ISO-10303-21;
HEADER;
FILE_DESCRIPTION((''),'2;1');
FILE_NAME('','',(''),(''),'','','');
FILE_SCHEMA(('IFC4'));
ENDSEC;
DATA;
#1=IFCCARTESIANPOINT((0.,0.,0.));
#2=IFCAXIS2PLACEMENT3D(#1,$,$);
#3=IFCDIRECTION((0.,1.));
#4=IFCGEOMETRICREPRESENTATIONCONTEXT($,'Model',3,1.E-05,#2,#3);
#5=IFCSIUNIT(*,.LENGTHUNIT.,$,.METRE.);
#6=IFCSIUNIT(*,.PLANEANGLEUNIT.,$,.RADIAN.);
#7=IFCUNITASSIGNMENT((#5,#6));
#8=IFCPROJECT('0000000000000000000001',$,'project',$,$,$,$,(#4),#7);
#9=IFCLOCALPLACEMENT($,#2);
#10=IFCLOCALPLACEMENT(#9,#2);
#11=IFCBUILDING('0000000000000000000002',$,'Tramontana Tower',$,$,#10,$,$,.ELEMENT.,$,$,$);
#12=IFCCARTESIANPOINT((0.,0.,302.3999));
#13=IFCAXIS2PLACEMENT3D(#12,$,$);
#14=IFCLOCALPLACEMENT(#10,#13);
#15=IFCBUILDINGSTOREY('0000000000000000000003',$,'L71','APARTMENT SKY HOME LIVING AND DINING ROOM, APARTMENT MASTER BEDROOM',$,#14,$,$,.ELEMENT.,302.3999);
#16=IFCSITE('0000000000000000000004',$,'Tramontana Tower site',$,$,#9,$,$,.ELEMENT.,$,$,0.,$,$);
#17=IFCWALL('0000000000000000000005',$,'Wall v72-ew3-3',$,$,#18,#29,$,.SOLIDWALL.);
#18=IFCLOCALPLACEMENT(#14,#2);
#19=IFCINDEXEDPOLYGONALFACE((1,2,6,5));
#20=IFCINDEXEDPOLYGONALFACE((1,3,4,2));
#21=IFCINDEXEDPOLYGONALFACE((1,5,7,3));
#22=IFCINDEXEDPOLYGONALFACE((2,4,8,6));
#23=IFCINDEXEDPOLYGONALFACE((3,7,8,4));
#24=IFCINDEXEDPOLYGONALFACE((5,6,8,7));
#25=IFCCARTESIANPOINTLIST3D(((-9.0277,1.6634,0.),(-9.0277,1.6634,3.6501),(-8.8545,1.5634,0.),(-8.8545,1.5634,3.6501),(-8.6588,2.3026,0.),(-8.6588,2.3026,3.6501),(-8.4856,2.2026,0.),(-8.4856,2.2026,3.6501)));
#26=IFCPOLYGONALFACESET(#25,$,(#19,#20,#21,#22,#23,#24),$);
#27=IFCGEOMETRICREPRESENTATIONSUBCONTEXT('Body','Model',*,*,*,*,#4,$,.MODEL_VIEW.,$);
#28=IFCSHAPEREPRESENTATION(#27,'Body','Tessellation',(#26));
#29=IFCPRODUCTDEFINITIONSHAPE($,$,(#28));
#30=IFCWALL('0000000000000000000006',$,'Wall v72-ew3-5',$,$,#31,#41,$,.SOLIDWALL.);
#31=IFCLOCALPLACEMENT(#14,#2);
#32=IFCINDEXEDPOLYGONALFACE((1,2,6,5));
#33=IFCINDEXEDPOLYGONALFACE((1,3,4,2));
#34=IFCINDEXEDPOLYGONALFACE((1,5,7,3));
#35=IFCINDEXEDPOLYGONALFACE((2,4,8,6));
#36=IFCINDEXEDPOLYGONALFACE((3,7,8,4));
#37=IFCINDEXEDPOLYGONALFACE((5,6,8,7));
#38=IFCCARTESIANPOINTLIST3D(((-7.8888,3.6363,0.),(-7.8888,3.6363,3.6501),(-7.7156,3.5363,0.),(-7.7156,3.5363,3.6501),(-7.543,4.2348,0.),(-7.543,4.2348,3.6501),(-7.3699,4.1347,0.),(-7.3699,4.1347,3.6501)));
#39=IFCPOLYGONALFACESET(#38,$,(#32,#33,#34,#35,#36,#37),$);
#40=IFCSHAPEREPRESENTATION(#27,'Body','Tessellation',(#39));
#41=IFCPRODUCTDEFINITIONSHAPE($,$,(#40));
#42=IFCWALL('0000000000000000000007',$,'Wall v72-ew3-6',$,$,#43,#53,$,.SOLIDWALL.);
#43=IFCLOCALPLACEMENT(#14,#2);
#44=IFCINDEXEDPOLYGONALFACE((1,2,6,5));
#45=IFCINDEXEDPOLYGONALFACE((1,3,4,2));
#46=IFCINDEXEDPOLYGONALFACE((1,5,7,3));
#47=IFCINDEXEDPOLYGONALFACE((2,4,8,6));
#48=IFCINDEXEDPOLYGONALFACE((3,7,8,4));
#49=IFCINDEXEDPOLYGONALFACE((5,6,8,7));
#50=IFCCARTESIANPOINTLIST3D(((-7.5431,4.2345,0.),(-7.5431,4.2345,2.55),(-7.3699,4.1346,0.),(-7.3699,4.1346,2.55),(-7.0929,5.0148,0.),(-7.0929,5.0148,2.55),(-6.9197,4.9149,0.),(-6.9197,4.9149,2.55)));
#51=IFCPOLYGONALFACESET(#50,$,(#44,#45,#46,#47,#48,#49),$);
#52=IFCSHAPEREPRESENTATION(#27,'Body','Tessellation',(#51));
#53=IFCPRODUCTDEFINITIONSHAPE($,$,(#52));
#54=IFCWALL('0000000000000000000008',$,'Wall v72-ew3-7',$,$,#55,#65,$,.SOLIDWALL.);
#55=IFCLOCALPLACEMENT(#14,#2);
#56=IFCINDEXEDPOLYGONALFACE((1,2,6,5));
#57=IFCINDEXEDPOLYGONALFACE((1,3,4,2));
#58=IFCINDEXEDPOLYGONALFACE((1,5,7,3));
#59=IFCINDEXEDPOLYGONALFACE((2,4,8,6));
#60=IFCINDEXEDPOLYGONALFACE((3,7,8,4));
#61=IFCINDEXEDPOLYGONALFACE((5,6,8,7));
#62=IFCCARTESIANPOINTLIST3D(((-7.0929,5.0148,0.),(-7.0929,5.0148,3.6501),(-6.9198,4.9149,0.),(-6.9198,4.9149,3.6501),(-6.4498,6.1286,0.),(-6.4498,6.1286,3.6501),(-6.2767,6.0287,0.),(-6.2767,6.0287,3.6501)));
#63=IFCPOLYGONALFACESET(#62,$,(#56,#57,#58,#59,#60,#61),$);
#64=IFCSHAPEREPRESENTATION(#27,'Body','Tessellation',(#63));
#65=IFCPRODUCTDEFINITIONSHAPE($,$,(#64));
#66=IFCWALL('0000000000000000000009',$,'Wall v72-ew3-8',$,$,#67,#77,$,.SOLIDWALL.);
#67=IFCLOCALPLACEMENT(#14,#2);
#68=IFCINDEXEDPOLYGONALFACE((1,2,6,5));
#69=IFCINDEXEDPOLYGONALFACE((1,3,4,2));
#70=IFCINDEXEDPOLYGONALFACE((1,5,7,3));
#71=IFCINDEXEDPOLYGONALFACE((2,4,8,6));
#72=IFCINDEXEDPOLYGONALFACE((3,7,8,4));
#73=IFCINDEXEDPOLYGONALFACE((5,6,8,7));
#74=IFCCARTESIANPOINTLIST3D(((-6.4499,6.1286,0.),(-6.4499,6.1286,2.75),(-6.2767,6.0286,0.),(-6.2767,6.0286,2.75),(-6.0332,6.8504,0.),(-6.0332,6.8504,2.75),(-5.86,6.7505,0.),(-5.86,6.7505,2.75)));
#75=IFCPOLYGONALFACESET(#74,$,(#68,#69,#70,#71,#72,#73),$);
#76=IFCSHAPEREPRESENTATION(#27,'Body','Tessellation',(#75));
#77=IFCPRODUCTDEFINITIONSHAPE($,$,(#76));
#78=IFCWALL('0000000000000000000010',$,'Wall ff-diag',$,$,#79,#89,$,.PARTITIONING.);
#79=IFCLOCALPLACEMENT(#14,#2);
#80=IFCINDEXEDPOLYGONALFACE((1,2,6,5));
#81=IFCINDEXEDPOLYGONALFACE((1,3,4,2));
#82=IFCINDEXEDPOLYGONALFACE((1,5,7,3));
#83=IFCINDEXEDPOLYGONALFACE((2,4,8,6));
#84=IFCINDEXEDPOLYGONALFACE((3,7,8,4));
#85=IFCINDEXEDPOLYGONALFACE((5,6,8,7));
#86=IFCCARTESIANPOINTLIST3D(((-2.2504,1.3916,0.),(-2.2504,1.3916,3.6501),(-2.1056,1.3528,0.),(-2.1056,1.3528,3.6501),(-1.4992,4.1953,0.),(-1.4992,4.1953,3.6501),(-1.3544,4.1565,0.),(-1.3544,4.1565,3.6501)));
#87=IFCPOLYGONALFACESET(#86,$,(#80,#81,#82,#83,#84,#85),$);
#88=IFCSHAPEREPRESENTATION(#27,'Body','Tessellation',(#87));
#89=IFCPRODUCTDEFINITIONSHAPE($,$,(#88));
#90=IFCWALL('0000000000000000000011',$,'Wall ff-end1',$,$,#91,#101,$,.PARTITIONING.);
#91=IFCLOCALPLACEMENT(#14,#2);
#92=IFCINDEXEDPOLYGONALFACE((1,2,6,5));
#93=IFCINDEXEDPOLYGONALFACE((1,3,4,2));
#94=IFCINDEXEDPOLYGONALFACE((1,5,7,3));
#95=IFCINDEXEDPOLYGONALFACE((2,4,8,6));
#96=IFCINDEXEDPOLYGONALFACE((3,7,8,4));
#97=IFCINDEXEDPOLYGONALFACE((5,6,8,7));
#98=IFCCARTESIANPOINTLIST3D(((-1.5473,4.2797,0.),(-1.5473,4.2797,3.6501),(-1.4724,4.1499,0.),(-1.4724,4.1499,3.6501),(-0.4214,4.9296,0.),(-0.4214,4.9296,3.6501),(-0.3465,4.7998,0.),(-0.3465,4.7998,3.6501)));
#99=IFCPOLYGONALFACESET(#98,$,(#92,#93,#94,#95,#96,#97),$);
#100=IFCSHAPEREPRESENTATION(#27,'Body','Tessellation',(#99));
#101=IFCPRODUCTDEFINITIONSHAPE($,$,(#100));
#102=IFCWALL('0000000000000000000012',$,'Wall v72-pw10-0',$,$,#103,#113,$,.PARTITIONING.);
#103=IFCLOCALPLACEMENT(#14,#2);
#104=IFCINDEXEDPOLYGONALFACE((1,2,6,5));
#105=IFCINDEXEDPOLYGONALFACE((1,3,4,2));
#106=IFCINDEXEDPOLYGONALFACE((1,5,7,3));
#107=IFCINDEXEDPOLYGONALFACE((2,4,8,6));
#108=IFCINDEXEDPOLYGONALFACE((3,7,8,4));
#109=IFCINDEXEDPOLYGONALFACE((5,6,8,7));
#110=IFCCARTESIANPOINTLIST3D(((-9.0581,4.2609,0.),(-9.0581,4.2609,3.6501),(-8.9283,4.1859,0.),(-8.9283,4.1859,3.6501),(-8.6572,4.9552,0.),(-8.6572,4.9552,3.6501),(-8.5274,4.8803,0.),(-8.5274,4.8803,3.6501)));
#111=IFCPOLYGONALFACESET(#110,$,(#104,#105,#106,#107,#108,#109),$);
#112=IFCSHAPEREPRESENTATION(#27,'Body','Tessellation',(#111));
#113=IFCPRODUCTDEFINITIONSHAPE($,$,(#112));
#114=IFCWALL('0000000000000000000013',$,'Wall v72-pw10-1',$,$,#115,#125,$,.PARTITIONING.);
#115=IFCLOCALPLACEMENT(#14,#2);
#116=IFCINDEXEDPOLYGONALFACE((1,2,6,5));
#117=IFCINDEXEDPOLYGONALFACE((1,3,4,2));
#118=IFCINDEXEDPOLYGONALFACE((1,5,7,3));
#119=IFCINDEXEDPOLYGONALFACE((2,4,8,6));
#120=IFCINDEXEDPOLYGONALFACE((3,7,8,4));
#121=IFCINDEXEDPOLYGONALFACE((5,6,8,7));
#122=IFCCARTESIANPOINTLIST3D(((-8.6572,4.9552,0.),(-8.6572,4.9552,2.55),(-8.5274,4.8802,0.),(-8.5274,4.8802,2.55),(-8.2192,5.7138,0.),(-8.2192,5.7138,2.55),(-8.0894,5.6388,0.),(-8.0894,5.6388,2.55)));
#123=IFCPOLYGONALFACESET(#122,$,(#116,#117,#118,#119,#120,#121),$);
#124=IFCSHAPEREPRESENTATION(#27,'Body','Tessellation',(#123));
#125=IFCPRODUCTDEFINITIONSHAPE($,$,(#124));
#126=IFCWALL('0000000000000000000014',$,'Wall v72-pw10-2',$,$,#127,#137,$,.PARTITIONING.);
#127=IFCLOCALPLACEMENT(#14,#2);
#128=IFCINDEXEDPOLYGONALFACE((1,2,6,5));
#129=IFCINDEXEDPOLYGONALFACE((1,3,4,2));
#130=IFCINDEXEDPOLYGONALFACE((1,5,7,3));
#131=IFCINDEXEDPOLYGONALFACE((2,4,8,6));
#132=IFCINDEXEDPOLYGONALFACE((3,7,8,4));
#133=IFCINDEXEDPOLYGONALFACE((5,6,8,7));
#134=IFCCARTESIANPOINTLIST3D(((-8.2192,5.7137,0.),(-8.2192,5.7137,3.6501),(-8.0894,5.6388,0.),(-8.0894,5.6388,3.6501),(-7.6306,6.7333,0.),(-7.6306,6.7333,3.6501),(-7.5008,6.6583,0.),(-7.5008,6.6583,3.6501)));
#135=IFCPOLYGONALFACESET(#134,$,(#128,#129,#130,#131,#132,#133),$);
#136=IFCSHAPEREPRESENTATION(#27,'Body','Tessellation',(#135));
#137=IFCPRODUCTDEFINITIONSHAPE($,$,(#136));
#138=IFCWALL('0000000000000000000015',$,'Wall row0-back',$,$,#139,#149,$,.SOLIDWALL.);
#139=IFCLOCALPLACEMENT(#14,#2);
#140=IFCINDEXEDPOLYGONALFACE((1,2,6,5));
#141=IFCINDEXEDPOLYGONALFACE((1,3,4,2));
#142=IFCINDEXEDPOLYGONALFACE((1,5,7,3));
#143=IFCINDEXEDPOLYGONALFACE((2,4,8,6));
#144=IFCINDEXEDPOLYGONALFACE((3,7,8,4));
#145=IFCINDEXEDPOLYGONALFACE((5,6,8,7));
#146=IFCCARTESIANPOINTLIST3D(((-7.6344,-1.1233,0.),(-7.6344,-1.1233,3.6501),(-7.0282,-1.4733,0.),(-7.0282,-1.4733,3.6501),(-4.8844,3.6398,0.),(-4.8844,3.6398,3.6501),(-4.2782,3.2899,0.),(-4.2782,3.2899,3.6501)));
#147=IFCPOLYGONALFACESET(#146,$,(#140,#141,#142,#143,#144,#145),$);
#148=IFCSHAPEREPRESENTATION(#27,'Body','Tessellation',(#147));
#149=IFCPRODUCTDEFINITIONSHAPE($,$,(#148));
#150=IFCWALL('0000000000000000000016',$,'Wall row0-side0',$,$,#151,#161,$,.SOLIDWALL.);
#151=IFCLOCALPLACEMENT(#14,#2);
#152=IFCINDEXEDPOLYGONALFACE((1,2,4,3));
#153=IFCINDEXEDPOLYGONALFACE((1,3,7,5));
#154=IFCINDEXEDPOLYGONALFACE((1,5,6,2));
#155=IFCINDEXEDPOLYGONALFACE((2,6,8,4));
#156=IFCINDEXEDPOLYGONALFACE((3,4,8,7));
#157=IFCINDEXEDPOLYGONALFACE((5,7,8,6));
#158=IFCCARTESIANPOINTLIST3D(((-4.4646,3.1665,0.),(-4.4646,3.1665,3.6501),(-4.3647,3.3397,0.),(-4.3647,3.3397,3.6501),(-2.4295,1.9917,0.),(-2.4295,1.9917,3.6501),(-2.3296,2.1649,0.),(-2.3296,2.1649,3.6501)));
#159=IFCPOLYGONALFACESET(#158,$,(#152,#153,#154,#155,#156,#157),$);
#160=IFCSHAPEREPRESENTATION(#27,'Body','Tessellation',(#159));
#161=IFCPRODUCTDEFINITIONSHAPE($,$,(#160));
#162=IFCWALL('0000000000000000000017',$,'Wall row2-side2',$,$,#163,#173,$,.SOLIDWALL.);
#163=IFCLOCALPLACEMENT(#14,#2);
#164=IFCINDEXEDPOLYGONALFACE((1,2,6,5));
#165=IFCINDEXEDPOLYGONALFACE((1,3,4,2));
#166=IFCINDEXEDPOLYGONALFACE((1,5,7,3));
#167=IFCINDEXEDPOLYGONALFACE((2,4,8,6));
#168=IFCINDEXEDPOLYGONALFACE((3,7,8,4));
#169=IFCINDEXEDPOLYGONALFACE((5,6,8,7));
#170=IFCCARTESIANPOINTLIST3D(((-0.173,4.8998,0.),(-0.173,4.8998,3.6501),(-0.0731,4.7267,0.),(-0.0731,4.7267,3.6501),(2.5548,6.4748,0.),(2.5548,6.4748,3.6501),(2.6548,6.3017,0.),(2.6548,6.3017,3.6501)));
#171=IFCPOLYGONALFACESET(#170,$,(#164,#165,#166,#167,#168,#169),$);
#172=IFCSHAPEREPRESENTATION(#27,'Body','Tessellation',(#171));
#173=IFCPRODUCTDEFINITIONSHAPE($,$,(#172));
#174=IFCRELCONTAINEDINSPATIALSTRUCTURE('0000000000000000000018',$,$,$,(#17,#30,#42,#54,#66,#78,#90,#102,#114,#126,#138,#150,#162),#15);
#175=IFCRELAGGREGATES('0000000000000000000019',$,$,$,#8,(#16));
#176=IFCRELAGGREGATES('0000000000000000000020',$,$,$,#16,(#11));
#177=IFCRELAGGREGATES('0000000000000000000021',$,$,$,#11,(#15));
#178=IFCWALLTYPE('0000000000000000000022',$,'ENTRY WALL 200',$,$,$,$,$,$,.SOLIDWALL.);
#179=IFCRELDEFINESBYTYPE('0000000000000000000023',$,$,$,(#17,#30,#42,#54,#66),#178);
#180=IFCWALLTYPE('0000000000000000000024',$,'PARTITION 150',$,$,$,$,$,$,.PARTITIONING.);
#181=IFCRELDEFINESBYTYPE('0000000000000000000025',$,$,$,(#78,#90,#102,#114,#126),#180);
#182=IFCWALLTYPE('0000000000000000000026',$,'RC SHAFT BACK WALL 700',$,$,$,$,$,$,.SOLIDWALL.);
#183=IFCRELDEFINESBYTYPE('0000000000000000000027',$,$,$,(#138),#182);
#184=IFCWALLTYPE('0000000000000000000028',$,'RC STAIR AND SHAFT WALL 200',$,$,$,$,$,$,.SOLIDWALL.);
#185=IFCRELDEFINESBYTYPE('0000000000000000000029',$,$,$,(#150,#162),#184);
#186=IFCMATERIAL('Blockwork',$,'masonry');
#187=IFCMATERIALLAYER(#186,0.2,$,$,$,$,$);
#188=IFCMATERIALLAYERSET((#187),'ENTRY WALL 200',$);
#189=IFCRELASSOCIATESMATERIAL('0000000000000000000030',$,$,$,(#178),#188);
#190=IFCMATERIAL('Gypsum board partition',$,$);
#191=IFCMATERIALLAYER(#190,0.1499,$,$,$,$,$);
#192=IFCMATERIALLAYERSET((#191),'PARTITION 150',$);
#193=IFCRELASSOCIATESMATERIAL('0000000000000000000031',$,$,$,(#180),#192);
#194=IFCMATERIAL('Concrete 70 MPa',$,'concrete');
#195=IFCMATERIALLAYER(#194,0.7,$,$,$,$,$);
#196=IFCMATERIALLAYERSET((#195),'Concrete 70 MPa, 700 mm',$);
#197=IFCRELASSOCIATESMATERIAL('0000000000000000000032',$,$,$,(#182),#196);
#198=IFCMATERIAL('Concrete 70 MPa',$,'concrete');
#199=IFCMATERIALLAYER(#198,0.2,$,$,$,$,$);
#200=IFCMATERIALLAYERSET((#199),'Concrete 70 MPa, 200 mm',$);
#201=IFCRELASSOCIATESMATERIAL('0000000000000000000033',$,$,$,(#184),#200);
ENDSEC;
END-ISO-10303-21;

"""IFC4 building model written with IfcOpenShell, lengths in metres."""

from ifc_helpers import new_model, si_unit, direction, frame, frame_2d, origin, place, context, subcontext, project, spatial, rectangle, extrude, material, layer, layer_set, type_object, element, save


model = new_model("IFC4")

# Units and contexts
model_context = context("Model", 3, precision=1e-05, world=origin(), true_north=direction((0.0, 1.0)))
body_context = subcontext(model_context, "Body", "Model", "MODEL_VIEW")
ifc_project = project(units=[si_unit("LENGTHUNIT", "METRE"), si_unit("PLANEANGLEUNIT", "RADIAN")], contexts=[model_context])

# Site, building, storey
site_placement = place(None, origin())
site = spatial("IfcSite", under=ifc_project, at=site_placement, Name="Tramontana Tower site", CompositionType="ELEMENT", RefElevation=0.0)
building_placement = place(site_placement, origin())
building = spatial("IfcBuilding", under=site, at=building_placement, Name="Tramontana Tower", CompositionType="ELEMENT")
storey_placement = place(building_placement, frame((0.0, 0.0, 302.3999)))
storey = spatial("IfcBuildingStorey", under=building, at=storey_placement, Name="L71", Description="APARTMENT SKY HOME LIVING AND DINING ROOM, APARTMENT MASTER BEDROOM", CompositionType="ELEMENT", Elevation=302.3999)

# Wall
ifc_material_1 = material(Name="Blockwork", Category="masonry")
ifc_layer_1 = layer(ifc_material_1, 0.2)
ifc_layer_set_1 = layer_set([ifc_layer_1], Name="ENTRY WALL 200")
wall_type_1 = type_object("IfcWallType", Name="ENTRY WALL 200", PredefinedType="SOLIDWALL", material=ifc_layer_set_1)
wall_1_placement = place(storey_placement, frame((-8.9412, 1.6133, 0.0), z_axis=(0.0, 0.0, 1.0), x_axis=(0.499875, 0.866097, 0.0)))
element("IfcWall", 1, at=wall_1_placement, inside=storey, type_object=wall_type_1, Name="Wall v72-ew3-3", PredefinedType="SOLIDWALL", context=body_context, shape_type="SweptSolid", body=[
    extrude(rectangle(XDim=0.738, YDim=0.2, at=frame_2d((0.3691, 0.0))), origin(), (0.0, 0.0, 1.0), 3.6501),
])

# Walls
wall_2_placement = place(storey_placement, frame((-7.8022, 3.5862, 0.0), z_axis=(0.0, 0.0, 1.0), x_axis=(0.500242, 0.865885, 0.0)))
element("IfcWall", 2, at=wall_2_placement, inside=storey, type_object=wall_type_1, Name="Wall v72-ew3-5", PredefinedType="SOLIDWALL", context=body_context, shape_type="SweptSolid", body=[
    extrude(rectangle(XDim=0.6912, YDim=0.2, at=frame_2d((0.3457, 0.0))), origin(), (0.0, 0.0, 1.0), 3.6501),
])
wall_3_placement = place(storey_placement, frame((-7.4565, 4.1846, 0.0), z_axis=(0.0, 0.0, 1.0), x_axis=(0.499754, 0.866168, 0.0)))
element("IfcWall", 3, at=wall_3_placement, inside=storey, type_object=wall_type_1, Name="Wall v72-ew3-6", PredefinedType="SOLIDWALL", context=body_context, shape_type="SweptSolid", body=[
    extrude(rectangle(XDim=0.9009, YDim=0.2, at=frame_2d((0.4504, 0.0))), origin(), (0.0, 0.0, 1.0), 2.55),
])
wall_4_placement = place(storey_placement, frame((-7.0063, 4.9648, 0.0), z_axis=(0.0, 0.0, 1.0), x_axis=(0.500018, 0.866015, 0.0)))
element("IfcWall", 4, at=wall_4_placement, inside=storey, type_object=wall_type_1, Name="Wall v72-ew3-7", PredefinedType="SOLIDWALL", context=body_context, shape_type="SweptSolid", body=[
    extrude(rectangle(XDim=1.2861, YDim=0.2, at=frame_2d((0.6431, 0.0))), origin(), (0.0, 0.0, 1.0), 3.6501),
])
wall_5_placement = place(storey_placement, frame((-6.3633, 6.0786, 0.0), z_axis=(0.0, 0.0, 1.0), x_axis=(0.499951, 0.866054, 0.0)))
element("IfcWall", 5, at=wall_5_placement, inside=storey, type_object=wall_type_1, Name="Wall v72-ew3-8", PredefinedType="SOLIDWALL", context=body_context, shape_type="SweptSolid", body=[
    extrude(rectangle(XDim=0.8335, YDim=0.2, at=frame_2d((0.4167, 0.0))), origin(), (0.0, 0.0, 1.0), 2.75),
])
ifc_material_2 = material(Name="Gypsum board partition")
ifc_layer_2 = layer(ifc_material_2, 0.1499)
ifc_layer_set_2 = layer_set([ifc_layer_2], Name="PARTITION 150")
wall_type_2 = type_object("IfcWallType", Name="PARTITION 150", PredefinedType="PARTITIONING", material=ifc_layer_set_2)
wall_6_placement = place(storey_placement, frame((-2.178, 1.3723, 0.0), z_axis=(0.0, 0.0, 1.0), x_axis=(0.258809, 0.965929, 0.0)))
element("IfcWall", 6, at=wall_6_placement, inside=storey, type_object=wall_type_2, Name="Wall ff-diag", PredefinedType="PARTITIONING", context=body_context, shape_type="SweptSolid", body=[
    extrude(rectangle(XDim=2.9026, YDim=0.1499, at=frame_2d((1.4512, 0.0))), origin(), (0.0, 0.0, 1.0), 3.6501),
])
wall_7_placement = place(storey_placement, frame((-1.5098, 4.2148, 0.0), z_axis=(0.0, 0.0, 1.0), x_axis=(0.866086, 0.499896, 0.0)))
element("IfcWall", 7, at=wall_7_placement, inside=storey, type_object=wall_type_2, Name="Wall ff-end1", PredefinedType="PARTITIONING", context=body_context, shape_type="SweptSolid", body=[
    extrude(rectangle(XDim=1.3, YDim=0.1499, at=frame_2d((0.6499, 0.0))), origin(), (0.0, 0.0, 1.0), 3.6501),
])
wall_8_placement = place(storey_placement, frame((-8.9932, 4.2234, 0.0), z_axis=(0.0, 0.0, 1.0), x_axis=(0.500004, 0.866023, 0.0)))
element("IfcWall", 8, at=wall_8_placement, inside=storey, type_object=wall_type_2, Name="Wall v72-pw10-0", PredefinedType="PARTITIONING", context=body_context, shape_type="SweptSolid", body=[
    extrude(rectangle(XDim=0.8018, YDim=0.1499, at=frame_2d((0.4009, 0.0))), origin(), (0.0, 0.0, 1.0), 3.6501),
])
wall_9_placement = place(storey_placement, frame((-8.5923, 4.9177, 0.0), z_axis=(0.0, 0.0, 1.0), x_axis=(0.500036, 0.866005, 0.0)))
element("IfcWall", 9, at=wall_9_placement, inside=storey, type_object=wall_type_2, Name="Wall v72-pw10-1", PredefinedType="PARTITIONING", context=body_context, shape_type="SweptSolid", body=[
    extrude(rectangle(XDim=0.876, YDim=0.1499, at=frame_2d((0.438, 0.0))), origin(), (0.0, 0.0, 1.0), 2.55),
])
wall_10_placement = place(storey_placement, frame((-8.1543, 5.6763, 0.0), z_axis=(0.0, 0.0, 1.0), x_axis=(0.499998, 0.866027, 0.0)))
element("IfcWall", 10, at=wall_10_placement, inside=storey, type_object=wall_type_2, Name="Wall v72-pw10-2", PredefinedType="PARTITIONING", context=body_context, shape_type="SweptSolid", body=[
    extrude(rectangle(XDim=1.1772, YDim=0.1499, at=frame_2d((0.5886, 0.0))), origin(), (0.0, 0.0, 1.0), 3.6501),
])

# Wall
ifc_material_3 = material(Name="Concrete 70 MPa", Category="concrete")
ifc_layer_3 = layer(ifc_material_3, 0.7)
ifc_layer_set_3 = layer_set([ifc_layer_3], Name="Concrete 70 MPa, 700 mm")
wall_type_3 = type_object("IfcWallType", Name="RC SHAFT BACK WALL 700", PredefinedType="SOLIDWALL", material=ifc_layer_set_3)
wall_11_placement = place(storey_placement, frame((-4.5813, 3.4648, 0.0), z_axis=(0.0, 0.0, 1.0), x_axis=(-0.499997, -0.866027, 0.0)))
element("IfcWall", 11, at=wall_11_placement, inside=storey, type_object=wall_type_3, Name="Wall row0-back", PredefinedType="SOLIDWALL", context=body_context, shape_type="SweptSolid", body=[
    extrude(rectangle(XDim=5.5, YDim=0.7, at=frame_2d((2.75, 0.0))), origin(), (0.0, 0.0, 1.0), 3.6501),
])

# Shared definitions
ifc_material_4 = material(Name="Concrete 70 MPa", Category="concrete")
ifc_layer_4 = layer(ifc_material_4, 0.2)
ifc_layer_set_4 = layer_set([ifc_layer_4], Name="Concrete 70 MPa, 200 mm")
wall_type_4 = type_object("IfcWallType", Name="RC STAIR AND SHAFT WALL 200", PredefinedType="SOLIDWALL", material=ifc_layer_set_4)

# Walls
wall_12_placement = place(storey_placement, frame((-2.3796, 2.0784, 0.0), z_axis=(0.0, 0.0, 1.0), x_axis=(-0.866061, 0.499938, 0.0)))
element("IfcWall", 12, at=wall_12_placement, inside=storey, type_object=wall_type_4, Name="Wall row0-side0", PredefinedType="SOLIDWALL", context=body_context, shape_type="SweptSolid", body=[
    extrude(rectangle(XDim=2.3499, YDim=0.2, at=frame_2d((1.1748, 0.0))), origin(), (0.0, 0.0, 1.0), 3.6501),
])
wall_13_placement = place(storey_placement, frame((-0.123, 4.8132, 0.0), z_axis=(0.0, 0.0, 1.0), x_axis=(0.866016, 0.500015, 0.0)))
element("IfcWall", 13, at=wall_13_placement, inside=storey, type_object=wall_type_4, Name="Wall row2-side2", PredefinedType="SOLIDWALL", context=body_context, shape_type="SweptSolid", body=[
    extrude(rectangle(XDim=3.1499, YDim=0.2, at=frame_2d((1.575, 0.0))), origin(), (0.0, 0.0, 1.0), 3.6501),
])

save(model, "model.ifc")
